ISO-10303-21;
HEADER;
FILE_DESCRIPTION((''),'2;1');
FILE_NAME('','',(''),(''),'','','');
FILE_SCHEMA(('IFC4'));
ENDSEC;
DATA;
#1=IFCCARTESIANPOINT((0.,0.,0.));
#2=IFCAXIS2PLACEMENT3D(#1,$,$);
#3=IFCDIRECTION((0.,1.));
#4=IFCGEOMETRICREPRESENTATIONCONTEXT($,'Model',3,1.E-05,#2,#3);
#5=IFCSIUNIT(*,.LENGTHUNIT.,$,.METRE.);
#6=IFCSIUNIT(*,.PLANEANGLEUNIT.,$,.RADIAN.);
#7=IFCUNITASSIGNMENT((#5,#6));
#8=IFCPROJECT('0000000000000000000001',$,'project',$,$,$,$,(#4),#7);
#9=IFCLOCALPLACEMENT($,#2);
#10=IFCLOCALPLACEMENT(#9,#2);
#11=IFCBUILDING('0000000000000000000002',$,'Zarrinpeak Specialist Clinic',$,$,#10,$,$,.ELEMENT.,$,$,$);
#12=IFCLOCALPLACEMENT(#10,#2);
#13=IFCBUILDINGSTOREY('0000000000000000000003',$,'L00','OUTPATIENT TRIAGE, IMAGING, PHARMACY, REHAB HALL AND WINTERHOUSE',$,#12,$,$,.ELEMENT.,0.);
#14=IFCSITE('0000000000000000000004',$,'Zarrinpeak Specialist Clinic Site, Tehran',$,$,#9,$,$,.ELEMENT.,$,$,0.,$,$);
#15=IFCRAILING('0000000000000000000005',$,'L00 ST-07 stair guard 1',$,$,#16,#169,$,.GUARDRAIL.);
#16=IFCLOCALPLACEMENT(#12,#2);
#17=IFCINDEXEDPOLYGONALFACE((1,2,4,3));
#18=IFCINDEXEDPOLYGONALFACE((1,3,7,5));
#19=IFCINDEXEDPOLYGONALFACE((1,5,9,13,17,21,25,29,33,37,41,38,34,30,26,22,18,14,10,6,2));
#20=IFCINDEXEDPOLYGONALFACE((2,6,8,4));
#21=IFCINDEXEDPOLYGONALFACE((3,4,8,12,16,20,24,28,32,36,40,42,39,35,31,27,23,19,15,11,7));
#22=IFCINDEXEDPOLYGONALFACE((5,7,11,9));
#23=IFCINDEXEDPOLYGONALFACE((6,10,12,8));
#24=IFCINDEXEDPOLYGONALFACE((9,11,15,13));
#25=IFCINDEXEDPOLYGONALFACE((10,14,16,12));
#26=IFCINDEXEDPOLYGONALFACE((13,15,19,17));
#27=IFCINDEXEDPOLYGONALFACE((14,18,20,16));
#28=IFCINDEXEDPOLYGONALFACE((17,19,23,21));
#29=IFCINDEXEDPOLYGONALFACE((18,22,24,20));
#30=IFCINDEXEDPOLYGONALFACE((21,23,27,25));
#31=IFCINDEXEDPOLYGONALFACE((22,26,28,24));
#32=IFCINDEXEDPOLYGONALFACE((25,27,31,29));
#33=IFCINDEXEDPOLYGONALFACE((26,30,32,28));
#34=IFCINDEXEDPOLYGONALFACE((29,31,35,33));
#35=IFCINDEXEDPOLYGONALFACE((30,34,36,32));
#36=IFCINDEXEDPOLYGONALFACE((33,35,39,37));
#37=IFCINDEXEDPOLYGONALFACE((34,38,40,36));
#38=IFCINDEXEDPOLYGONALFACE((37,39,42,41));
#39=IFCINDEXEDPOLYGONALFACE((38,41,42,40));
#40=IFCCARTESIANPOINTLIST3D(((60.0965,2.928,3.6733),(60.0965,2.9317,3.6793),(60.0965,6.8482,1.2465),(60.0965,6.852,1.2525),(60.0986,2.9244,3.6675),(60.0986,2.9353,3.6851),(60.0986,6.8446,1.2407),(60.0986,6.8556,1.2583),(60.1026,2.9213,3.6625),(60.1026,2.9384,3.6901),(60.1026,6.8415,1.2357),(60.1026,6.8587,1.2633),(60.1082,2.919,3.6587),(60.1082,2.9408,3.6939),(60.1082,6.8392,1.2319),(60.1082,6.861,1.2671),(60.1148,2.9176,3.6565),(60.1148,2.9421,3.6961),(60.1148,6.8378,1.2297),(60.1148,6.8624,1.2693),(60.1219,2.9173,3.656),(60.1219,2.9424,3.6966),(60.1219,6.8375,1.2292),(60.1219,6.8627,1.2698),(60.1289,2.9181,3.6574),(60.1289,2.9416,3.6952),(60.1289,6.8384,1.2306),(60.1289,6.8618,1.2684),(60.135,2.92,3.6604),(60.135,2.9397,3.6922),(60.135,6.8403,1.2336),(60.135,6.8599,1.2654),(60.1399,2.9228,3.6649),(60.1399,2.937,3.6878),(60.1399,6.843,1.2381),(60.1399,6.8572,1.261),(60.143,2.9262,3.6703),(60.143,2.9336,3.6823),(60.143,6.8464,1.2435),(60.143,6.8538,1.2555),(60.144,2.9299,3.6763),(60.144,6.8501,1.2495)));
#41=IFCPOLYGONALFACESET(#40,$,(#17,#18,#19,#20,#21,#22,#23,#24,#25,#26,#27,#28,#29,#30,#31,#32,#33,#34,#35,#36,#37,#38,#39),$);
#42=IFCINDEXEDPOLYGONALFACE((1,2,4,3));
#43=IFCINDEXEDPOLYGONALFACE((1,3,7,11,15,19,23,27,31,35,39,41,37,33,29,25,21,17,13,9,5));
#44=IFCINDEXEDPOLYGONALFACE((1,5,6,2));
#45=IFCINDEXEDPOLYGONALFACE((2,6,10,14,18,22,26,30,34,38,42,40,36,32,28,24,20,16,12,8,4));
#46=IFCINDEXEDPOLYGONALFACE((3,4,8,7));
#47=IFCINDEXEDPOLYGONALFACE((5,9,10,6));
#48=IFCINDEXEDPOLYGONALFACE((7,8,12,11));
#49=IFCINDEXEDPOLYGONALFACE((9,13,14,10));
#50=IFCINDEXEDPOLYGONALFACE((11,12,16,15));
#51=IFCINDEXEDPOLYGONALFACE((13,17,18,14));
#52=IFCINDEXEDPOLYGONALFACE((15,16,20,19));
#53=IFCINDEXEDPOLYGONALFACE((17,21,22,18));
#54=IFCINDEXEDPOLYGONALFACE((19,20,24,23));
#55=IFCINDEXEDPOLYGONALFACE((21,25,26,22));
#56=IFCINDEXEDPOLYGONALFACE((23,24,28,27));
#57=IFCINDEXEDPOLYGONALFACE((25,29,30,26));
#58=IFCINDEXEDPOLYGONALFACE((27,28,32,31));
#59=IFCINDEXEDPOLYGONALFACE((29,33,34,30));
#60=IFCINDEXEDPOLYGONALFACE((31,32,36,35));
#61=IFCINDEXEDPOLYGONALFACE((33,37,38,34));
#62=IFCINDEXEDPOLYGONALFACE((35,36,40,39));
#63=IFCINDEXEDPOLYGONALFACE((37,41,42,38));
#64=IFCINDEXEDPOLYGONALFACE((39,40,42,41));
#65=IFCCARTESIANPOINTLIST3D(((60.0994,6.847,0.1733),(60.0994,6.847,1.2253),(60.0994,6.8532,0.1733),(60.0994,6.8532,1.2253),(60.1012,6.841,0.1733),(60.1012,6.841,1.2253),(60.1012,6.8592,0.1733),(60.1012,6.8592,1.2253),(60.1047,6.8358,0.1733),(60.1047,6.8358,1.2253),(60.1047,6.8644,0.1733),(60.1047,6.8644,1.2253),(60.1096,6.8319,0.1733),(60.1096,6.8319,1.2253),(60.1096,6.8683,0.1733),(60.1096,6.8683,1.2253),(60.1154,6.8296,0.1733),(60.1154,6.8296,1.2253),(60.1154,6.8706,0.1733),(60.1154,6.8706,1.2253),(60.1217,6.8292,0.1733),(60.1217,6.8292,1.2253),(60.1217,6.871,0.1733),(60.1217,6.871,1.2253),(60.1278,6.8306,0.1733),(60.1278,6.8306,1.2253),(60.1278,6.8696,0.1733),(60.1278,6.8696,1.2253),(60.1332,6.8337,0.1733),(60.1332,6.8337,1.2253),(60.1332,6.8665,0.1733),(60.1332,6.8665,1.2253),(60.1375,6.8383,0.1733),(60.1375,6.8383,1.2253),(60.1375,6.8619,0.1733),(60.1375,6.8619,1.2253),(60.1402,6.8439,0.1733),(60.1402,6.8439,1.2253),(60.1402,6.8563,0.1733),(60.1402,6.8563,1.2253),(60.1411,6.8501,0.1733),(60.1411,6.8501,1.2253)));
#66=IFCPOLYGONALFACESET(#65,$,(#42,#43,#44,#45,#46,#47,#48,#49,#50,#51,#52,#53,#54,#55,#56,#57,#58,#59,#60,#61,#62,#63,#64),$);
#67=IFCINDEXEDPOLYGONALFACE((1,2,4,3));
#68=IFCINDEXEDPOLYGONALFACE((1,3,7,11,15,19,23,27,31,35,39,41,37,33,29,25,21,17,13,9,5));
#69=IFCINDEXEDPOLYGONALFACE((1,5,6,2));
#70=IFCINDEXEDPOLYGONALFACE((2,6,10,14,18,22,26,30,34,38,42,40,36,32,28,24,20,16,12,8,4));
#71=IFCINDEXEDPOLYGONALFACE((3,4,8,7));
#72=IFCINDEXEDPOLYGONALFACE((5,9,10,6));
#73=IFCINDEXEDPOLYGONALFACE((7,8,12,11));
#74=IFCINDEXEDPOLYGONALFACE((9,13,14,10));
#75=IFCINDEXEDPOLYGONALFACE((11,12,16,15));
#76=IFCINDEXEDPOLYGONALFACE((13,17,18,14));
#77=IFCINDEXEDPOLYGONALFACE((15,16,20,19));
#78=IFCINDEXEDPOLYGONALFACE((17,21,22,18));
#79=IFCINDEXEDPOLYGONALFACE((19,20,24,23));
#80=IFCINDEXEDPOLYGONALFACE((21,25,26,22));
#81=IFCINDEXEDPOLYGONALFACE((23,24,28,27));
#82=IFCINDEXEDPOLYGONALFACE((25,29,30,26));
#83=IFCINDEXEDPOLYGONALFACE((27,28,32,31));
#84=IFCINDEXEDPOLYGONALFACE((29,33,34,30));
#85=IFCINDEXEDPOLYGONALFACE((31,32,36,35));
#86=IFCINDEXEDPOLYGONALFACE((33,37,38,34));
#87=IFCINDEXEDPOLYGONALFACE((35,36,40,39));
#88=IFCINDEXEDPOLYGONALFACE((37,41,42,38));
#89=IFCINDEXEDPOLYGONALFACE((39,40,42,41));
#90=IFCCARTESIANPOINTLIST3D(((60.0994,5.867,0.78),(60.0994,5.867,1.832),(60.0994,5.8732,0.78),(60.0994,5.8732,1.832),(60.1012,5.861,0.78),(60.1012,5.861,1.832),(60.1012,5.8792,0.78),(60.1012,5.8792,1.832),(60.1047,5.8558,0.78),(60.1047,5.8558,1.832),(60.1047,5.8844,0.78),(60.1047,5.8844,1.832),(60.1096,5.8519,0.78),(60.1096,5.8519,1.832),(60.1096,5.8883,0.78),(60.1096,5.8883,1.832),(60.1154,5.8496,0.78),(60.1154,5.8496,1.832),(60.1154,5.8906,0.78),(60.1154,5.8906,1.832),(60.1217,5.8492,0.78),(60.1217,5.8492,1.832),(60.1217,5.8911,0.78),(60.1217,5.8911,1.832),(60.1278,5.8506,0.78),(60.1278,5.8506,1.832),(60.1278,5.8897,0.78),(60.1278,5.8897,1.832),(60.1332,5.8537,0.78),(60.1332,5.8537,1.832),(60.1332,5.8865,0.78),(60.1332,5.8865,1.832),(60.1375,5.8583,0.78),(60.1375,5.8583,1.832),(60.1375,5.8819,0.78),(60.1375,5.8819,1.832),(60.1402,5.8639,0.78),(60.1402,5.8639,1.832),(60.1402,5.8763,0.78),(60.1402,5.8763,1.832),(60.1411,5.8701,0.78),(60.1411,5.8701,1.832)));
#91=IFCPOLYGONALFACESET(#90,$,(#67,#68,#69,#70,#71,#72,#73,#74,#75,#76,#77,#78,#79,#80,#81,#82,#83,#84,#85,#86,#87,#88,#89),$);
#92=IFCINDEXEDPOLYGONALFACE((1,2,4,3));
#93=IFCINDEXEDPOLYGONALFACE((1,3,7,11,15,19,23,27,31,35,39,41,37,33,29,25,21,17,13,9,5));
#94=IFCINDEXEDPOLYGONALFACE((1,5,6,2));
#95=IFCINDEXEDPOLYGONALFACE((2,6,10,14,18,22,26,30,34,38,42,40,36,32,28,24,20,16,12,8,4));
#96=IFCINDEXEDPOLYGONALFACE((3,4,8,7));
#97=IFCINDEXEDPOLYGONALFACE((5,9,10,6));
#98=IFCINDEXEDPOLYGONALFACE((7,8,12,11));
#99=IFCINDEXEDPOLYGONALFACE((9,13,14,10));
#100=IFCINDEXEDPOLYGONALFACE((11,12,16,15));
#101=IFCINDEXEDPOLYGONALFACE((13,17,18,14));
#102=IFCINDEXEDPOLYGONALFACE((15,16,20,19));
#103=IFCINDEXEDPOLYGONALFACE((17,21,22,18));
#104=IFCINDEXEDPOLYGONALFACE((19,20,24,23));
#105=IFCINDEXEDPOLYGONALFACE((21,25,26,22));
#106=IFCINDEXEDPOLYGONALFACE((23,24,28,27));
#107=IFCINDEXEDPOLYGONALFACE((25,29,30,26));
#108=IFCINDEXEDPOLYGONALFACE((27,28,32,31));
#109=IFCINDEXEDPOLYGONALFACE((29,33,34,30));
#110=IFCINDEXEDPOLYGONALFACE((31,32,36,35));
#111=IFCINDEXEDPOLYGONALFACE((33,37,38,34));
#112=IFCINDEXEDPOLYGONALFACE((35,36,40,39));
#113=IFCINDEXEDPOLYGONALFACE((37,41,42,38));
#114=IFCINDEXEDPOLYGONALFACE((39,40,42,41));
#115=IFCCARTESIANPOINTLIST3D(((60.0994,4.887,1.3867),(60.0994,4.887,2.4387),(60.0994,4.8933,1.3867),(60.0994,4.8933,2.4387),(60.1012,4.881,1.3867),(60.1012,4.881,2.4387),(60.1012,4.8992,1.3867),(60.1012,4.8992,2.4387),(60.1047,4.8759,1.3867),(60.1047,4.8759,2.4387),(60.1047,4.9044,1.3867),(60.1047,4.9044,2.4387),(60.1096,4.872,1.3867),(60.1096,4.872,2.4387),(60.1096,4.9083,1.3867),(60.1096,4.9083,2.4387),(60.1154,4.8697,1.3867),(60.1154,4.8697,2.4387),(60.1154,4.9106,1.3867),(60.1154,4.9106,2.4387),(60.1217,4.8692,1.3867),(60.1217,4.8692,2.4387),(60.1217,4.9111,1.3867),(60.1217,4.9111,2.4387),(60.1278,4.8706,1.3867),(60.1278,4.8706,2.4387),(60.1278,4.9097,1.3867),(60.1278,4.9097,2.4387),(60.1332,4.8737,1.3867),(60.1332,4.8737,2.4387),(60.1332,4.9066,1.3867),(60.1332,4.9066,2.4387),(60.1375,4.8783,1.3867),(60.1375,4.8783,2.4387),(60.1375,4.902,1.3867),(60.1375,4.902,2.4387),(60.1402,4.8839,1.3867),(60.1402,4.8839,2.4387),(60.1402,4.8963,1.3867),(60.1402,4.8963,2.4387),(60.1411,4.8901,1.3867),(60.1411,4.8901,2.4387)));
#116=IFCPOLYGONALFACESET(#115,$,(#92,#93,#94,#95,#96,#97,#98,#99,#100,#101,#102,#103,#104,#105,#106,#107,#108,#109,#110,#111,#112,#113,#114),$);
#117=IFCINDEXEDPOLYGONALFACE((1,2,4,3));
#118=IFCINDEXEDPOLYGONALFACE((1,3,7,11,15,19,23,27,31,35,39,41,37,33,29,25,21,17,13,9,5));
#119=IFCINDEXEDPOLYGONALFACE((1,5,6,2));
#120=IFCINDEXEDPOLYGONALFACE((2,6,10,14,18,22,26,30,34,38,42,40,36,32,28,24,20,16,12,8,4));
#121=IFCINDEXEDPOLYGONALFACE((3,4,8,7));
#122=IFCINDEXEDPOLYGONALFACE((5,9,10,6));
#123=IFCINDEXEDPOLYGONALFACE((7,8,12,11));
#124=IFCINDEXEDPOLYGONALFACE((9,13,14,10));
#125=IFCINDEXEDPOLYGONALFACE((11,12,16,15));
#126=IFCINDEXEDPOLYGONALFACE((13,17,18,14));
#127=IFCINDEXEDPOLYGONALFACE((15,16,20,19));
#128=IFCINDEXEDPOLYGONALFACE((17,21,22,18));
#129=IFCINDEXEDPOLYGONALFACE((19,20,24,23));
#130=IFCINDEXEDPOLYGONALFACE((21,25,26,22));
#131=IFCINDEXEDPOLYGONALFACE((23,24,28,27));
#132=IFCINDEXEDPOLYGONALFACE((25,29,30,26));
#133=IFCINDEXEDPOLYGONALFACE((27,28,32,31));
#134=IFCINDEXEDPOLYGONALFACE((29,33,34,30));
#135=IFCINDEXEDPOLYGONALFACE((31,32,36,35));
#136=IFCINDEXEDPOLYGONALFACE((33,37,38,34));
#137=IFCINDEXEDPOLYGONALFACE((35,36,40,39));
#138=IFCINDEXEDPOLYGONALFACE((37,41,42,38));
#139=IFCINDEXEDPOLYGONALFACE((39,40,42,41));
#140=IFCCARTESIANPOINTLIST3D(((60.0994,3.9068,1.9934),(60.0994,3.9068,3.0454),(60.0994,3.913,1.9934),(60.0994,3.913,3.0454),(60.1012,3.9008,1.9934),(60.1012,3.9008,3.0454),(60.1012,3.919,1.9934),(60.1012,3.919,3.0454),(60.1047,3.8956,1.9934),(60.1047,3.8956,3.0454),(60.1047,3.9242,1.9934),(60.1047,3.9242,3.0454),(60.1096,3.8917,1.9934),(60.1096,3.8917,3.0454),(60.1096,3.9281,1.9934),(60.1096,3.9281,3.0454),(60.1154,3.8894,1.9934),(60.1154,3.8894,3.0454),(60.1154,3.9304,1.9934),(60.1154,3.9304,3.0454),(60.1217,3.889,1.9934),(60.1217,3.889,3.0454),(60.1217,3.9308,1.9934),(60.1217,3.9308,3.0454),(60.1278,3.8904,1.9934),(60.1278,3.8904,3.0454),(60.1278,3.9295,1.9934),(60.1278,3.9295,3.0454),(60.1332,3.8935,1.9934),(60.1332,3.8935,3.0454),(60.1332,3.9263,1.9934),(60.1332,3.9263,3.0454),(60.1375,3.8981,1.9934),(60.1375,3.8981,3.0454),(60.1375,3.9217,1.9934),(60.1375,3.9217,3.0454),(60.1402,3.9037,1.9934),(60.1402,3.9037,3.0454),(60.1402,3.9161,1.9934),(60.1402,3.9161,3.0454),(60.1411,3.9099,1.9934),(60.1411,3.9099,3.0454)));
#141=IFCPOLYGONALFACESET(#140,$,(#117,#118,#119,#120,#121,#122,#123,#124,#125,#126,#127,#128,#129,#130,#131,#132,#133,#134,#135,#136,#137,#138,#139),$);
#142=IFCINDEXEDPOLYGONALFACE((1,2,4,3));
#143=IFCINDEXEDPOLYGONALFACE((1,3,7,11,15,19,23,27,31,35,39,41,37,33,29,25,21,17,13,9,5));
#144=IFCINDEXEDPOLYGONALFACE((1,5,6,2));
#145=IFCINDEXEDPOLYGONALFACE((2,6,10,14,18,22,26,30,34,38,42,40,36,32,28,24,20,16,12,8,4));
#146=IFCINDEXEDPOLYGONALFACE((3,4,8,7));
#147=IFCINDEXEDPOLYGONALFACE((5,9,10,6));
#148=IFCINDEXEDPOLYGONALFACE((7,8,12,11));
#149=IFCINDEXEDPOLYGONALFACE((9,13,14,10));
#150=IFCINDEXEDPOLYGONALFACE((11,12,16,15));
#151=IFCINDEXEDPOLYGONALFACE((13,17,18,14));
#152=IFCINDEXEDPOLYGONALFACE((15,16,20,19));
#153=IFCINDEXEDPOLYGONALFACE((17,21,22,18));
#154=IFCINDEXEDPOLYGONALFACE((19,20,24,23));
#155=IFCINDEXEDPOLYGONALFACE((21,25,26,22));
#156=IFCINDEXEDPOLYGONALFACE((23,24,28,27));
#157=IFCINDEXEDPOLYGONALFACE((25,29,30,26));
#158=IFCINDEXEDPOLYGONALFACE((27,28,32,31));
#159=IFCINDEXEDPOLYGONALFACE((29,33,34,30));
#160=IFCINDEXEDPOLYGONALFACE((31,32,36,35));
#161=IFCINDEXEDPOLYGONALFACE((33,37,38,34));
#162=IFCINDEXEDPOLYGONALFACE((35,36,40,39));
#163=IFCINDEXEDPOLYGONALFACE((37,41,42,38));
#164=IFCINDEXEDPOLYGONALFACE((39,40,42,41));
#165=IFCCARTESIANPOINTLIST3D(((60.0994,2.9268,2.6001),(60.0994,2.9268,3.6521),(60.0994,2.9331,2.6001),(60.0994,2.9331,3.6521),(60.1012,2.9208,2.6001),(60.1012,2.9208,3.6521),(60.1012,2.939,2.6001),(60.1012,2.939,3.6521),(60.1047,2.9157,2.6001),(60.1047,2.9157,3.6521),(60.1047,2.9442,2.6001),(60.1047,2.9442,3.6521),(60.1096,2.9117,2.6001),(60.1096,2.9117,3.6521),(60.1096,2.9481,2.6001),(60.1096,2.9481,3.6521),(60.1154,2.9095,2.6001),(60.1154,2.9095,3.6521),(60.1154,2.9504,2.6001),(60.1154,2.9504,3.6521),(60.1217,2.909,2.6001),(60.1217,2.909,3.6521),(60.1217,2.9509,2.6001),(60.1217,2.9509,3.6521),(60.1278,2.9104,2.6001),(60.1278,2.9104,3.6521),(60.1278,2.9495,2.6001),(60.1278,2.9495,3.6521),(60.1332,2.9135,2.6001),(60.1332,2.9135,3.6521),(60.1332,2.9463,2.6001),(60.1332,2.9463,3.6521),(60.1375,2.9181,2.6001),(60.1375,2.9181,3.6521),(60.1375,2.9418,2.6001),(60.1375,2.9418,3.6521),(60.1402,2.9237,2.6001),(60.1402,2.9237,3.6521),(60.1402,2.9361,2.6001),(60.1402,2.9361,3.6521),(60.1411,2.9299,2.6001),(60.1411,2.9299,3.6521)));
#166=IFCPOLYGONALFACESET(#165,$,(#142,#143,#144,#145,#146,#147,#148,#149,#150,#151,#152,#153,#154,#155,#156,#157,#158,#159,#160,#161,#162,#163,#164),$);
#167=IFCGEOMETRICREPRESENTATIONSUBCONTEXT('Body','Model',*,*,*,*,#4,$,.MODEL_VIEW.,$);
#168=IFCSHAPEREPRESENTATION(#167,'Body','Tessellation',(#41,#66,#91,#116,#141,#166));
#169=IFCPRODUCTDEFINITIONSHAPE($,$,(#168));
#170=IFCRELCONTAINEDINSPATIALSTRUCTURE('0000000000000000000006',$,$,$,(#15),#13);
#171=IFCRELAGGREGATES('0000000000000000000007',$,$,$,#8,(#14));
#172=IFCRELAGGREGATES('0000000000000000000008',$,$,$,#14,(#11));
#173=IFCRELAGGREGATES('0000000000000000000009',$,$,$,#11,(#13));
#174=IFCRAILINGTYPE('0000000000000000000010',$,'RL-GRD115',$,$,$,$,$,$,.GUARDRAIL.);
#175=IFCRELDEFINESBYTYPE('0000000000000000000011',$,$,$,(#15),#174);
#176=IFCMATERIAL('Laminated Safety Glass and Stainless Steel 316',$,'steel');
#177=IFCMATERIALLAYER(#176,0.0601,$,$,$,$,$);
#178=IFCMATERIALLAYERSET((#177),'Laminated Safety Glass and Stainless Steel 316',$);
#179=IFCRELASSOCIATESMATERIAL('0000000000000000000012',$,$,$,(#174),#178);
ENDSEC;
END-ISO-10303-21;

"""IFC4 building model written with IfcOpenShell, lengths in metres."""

from ifc_helpers import new_model, si_unit, direction, frame, origin, origin_2d, place, context, subcontext, project, spatial, circle, extrude, material, layer, layer_set, type_object, element, save


model = new_model("IFC4")

# Units and contexts
model_context = context("Model", 3, precision=1e-05, world=origin(), true_north=direction((0.0, 1.0)))
body_context = subcontext(model_context, "Body", "Model", "MODEL_VIEW")
ifc_project = project(units=[si_unit("LENGTHUNIT", "METRE"), si_unit("PLANEANGLEUNIT", "RADIAN")], contexts=[model_context])

# Site, building, storey
site_placement = place(None, origin())
site = spatial("IfcSite", under=ifc_project, at=site_placement, Name="Zarrinpeak Specialist Clinic Site, Tehran", CompositionType="ELEMENT", RefElevation=0.0)
building_placement = place(site_placement, origin())
building = spatial("IfcBuilding", under=site, at=building_placement, Name="Zarrinpeak Specialist Clinic", CompositionType="ELEMENT")
storey_placement = place(building_placement, origin())
storey = spatial("IfcBuildingStorey", under=building, at=storey_placement, Name="L00", Description="OUTPATIENT TRIAGE, IMAGING, PHARMACY, REHAB HALL AND WINTERHOUSE", CompositionType="ELEMENT", Elevation=0.0)

# Railing
ifc_material_1 = material(Name="Laminated Safety Glass and Stainless Steel 316", Category="steel")
ifc_layer_1 = layer(ifc_material_1, 0.0601)
ifc_layer_set_1 = layer_set([ifc_layer_1], Name="Laminated Safety Glass and Stainless Steel 316")
railing_type_1 = type_object("IfcRailingType", Name="RL-GRD115", PredefinedType="GUARDRAIL", material=ifc_layer_set_1)
railing_1_placement = place(storey_placement, frame((60.1201, 6.8501, 0.1733)))
element("IfcRailing", 1, at=railing_1_placement, inside=storey, type_object=railing_type_1, Name="L00 ST-07 stair guard 1", PredefinedType="GUARDRAIL", context=body_context, shape_type="SweptSolid", body=[
    extrude(circle(Radius=0.0239, at=origin_2d()), frame((0.0, 0.0, 1.0762), z_axis=(0.0, -0.850266, 0.526353), x_axis=(1.0, 0.0, 0.0)), (0.0, 0.0, 1.0), 4.6106),
    extrude(circle(Radius=0.021, at=origin_2d()), origin(), (0.0, 0.0, 1.0), 1.052),
    extrude(circle(Radius=0.021, at=origin_2d()), frame((0.0, -0.98, 0.6067)), (0.0, 0.0, 1.0), 1.052),
    extrude(circle(Radius=0.021, at=origin_2d()), frame((0.0, -1.96, 1.2134)), (0.0, 0.0, 1.0), 1.052),
    extrude(circle(Radius=0.021, at=origin_2d()), frame((0.0, -2.9402, 1.8201)), (0.0, 0.0, 1.0), 1.052),
    extrude(circle(Radius=0.021, at=origin_2d()), frame((0.0, -3.9202, 2.4268)), (0.0, 0.0, 1.0), 1.052),
])

save(model, "model.ifc")
